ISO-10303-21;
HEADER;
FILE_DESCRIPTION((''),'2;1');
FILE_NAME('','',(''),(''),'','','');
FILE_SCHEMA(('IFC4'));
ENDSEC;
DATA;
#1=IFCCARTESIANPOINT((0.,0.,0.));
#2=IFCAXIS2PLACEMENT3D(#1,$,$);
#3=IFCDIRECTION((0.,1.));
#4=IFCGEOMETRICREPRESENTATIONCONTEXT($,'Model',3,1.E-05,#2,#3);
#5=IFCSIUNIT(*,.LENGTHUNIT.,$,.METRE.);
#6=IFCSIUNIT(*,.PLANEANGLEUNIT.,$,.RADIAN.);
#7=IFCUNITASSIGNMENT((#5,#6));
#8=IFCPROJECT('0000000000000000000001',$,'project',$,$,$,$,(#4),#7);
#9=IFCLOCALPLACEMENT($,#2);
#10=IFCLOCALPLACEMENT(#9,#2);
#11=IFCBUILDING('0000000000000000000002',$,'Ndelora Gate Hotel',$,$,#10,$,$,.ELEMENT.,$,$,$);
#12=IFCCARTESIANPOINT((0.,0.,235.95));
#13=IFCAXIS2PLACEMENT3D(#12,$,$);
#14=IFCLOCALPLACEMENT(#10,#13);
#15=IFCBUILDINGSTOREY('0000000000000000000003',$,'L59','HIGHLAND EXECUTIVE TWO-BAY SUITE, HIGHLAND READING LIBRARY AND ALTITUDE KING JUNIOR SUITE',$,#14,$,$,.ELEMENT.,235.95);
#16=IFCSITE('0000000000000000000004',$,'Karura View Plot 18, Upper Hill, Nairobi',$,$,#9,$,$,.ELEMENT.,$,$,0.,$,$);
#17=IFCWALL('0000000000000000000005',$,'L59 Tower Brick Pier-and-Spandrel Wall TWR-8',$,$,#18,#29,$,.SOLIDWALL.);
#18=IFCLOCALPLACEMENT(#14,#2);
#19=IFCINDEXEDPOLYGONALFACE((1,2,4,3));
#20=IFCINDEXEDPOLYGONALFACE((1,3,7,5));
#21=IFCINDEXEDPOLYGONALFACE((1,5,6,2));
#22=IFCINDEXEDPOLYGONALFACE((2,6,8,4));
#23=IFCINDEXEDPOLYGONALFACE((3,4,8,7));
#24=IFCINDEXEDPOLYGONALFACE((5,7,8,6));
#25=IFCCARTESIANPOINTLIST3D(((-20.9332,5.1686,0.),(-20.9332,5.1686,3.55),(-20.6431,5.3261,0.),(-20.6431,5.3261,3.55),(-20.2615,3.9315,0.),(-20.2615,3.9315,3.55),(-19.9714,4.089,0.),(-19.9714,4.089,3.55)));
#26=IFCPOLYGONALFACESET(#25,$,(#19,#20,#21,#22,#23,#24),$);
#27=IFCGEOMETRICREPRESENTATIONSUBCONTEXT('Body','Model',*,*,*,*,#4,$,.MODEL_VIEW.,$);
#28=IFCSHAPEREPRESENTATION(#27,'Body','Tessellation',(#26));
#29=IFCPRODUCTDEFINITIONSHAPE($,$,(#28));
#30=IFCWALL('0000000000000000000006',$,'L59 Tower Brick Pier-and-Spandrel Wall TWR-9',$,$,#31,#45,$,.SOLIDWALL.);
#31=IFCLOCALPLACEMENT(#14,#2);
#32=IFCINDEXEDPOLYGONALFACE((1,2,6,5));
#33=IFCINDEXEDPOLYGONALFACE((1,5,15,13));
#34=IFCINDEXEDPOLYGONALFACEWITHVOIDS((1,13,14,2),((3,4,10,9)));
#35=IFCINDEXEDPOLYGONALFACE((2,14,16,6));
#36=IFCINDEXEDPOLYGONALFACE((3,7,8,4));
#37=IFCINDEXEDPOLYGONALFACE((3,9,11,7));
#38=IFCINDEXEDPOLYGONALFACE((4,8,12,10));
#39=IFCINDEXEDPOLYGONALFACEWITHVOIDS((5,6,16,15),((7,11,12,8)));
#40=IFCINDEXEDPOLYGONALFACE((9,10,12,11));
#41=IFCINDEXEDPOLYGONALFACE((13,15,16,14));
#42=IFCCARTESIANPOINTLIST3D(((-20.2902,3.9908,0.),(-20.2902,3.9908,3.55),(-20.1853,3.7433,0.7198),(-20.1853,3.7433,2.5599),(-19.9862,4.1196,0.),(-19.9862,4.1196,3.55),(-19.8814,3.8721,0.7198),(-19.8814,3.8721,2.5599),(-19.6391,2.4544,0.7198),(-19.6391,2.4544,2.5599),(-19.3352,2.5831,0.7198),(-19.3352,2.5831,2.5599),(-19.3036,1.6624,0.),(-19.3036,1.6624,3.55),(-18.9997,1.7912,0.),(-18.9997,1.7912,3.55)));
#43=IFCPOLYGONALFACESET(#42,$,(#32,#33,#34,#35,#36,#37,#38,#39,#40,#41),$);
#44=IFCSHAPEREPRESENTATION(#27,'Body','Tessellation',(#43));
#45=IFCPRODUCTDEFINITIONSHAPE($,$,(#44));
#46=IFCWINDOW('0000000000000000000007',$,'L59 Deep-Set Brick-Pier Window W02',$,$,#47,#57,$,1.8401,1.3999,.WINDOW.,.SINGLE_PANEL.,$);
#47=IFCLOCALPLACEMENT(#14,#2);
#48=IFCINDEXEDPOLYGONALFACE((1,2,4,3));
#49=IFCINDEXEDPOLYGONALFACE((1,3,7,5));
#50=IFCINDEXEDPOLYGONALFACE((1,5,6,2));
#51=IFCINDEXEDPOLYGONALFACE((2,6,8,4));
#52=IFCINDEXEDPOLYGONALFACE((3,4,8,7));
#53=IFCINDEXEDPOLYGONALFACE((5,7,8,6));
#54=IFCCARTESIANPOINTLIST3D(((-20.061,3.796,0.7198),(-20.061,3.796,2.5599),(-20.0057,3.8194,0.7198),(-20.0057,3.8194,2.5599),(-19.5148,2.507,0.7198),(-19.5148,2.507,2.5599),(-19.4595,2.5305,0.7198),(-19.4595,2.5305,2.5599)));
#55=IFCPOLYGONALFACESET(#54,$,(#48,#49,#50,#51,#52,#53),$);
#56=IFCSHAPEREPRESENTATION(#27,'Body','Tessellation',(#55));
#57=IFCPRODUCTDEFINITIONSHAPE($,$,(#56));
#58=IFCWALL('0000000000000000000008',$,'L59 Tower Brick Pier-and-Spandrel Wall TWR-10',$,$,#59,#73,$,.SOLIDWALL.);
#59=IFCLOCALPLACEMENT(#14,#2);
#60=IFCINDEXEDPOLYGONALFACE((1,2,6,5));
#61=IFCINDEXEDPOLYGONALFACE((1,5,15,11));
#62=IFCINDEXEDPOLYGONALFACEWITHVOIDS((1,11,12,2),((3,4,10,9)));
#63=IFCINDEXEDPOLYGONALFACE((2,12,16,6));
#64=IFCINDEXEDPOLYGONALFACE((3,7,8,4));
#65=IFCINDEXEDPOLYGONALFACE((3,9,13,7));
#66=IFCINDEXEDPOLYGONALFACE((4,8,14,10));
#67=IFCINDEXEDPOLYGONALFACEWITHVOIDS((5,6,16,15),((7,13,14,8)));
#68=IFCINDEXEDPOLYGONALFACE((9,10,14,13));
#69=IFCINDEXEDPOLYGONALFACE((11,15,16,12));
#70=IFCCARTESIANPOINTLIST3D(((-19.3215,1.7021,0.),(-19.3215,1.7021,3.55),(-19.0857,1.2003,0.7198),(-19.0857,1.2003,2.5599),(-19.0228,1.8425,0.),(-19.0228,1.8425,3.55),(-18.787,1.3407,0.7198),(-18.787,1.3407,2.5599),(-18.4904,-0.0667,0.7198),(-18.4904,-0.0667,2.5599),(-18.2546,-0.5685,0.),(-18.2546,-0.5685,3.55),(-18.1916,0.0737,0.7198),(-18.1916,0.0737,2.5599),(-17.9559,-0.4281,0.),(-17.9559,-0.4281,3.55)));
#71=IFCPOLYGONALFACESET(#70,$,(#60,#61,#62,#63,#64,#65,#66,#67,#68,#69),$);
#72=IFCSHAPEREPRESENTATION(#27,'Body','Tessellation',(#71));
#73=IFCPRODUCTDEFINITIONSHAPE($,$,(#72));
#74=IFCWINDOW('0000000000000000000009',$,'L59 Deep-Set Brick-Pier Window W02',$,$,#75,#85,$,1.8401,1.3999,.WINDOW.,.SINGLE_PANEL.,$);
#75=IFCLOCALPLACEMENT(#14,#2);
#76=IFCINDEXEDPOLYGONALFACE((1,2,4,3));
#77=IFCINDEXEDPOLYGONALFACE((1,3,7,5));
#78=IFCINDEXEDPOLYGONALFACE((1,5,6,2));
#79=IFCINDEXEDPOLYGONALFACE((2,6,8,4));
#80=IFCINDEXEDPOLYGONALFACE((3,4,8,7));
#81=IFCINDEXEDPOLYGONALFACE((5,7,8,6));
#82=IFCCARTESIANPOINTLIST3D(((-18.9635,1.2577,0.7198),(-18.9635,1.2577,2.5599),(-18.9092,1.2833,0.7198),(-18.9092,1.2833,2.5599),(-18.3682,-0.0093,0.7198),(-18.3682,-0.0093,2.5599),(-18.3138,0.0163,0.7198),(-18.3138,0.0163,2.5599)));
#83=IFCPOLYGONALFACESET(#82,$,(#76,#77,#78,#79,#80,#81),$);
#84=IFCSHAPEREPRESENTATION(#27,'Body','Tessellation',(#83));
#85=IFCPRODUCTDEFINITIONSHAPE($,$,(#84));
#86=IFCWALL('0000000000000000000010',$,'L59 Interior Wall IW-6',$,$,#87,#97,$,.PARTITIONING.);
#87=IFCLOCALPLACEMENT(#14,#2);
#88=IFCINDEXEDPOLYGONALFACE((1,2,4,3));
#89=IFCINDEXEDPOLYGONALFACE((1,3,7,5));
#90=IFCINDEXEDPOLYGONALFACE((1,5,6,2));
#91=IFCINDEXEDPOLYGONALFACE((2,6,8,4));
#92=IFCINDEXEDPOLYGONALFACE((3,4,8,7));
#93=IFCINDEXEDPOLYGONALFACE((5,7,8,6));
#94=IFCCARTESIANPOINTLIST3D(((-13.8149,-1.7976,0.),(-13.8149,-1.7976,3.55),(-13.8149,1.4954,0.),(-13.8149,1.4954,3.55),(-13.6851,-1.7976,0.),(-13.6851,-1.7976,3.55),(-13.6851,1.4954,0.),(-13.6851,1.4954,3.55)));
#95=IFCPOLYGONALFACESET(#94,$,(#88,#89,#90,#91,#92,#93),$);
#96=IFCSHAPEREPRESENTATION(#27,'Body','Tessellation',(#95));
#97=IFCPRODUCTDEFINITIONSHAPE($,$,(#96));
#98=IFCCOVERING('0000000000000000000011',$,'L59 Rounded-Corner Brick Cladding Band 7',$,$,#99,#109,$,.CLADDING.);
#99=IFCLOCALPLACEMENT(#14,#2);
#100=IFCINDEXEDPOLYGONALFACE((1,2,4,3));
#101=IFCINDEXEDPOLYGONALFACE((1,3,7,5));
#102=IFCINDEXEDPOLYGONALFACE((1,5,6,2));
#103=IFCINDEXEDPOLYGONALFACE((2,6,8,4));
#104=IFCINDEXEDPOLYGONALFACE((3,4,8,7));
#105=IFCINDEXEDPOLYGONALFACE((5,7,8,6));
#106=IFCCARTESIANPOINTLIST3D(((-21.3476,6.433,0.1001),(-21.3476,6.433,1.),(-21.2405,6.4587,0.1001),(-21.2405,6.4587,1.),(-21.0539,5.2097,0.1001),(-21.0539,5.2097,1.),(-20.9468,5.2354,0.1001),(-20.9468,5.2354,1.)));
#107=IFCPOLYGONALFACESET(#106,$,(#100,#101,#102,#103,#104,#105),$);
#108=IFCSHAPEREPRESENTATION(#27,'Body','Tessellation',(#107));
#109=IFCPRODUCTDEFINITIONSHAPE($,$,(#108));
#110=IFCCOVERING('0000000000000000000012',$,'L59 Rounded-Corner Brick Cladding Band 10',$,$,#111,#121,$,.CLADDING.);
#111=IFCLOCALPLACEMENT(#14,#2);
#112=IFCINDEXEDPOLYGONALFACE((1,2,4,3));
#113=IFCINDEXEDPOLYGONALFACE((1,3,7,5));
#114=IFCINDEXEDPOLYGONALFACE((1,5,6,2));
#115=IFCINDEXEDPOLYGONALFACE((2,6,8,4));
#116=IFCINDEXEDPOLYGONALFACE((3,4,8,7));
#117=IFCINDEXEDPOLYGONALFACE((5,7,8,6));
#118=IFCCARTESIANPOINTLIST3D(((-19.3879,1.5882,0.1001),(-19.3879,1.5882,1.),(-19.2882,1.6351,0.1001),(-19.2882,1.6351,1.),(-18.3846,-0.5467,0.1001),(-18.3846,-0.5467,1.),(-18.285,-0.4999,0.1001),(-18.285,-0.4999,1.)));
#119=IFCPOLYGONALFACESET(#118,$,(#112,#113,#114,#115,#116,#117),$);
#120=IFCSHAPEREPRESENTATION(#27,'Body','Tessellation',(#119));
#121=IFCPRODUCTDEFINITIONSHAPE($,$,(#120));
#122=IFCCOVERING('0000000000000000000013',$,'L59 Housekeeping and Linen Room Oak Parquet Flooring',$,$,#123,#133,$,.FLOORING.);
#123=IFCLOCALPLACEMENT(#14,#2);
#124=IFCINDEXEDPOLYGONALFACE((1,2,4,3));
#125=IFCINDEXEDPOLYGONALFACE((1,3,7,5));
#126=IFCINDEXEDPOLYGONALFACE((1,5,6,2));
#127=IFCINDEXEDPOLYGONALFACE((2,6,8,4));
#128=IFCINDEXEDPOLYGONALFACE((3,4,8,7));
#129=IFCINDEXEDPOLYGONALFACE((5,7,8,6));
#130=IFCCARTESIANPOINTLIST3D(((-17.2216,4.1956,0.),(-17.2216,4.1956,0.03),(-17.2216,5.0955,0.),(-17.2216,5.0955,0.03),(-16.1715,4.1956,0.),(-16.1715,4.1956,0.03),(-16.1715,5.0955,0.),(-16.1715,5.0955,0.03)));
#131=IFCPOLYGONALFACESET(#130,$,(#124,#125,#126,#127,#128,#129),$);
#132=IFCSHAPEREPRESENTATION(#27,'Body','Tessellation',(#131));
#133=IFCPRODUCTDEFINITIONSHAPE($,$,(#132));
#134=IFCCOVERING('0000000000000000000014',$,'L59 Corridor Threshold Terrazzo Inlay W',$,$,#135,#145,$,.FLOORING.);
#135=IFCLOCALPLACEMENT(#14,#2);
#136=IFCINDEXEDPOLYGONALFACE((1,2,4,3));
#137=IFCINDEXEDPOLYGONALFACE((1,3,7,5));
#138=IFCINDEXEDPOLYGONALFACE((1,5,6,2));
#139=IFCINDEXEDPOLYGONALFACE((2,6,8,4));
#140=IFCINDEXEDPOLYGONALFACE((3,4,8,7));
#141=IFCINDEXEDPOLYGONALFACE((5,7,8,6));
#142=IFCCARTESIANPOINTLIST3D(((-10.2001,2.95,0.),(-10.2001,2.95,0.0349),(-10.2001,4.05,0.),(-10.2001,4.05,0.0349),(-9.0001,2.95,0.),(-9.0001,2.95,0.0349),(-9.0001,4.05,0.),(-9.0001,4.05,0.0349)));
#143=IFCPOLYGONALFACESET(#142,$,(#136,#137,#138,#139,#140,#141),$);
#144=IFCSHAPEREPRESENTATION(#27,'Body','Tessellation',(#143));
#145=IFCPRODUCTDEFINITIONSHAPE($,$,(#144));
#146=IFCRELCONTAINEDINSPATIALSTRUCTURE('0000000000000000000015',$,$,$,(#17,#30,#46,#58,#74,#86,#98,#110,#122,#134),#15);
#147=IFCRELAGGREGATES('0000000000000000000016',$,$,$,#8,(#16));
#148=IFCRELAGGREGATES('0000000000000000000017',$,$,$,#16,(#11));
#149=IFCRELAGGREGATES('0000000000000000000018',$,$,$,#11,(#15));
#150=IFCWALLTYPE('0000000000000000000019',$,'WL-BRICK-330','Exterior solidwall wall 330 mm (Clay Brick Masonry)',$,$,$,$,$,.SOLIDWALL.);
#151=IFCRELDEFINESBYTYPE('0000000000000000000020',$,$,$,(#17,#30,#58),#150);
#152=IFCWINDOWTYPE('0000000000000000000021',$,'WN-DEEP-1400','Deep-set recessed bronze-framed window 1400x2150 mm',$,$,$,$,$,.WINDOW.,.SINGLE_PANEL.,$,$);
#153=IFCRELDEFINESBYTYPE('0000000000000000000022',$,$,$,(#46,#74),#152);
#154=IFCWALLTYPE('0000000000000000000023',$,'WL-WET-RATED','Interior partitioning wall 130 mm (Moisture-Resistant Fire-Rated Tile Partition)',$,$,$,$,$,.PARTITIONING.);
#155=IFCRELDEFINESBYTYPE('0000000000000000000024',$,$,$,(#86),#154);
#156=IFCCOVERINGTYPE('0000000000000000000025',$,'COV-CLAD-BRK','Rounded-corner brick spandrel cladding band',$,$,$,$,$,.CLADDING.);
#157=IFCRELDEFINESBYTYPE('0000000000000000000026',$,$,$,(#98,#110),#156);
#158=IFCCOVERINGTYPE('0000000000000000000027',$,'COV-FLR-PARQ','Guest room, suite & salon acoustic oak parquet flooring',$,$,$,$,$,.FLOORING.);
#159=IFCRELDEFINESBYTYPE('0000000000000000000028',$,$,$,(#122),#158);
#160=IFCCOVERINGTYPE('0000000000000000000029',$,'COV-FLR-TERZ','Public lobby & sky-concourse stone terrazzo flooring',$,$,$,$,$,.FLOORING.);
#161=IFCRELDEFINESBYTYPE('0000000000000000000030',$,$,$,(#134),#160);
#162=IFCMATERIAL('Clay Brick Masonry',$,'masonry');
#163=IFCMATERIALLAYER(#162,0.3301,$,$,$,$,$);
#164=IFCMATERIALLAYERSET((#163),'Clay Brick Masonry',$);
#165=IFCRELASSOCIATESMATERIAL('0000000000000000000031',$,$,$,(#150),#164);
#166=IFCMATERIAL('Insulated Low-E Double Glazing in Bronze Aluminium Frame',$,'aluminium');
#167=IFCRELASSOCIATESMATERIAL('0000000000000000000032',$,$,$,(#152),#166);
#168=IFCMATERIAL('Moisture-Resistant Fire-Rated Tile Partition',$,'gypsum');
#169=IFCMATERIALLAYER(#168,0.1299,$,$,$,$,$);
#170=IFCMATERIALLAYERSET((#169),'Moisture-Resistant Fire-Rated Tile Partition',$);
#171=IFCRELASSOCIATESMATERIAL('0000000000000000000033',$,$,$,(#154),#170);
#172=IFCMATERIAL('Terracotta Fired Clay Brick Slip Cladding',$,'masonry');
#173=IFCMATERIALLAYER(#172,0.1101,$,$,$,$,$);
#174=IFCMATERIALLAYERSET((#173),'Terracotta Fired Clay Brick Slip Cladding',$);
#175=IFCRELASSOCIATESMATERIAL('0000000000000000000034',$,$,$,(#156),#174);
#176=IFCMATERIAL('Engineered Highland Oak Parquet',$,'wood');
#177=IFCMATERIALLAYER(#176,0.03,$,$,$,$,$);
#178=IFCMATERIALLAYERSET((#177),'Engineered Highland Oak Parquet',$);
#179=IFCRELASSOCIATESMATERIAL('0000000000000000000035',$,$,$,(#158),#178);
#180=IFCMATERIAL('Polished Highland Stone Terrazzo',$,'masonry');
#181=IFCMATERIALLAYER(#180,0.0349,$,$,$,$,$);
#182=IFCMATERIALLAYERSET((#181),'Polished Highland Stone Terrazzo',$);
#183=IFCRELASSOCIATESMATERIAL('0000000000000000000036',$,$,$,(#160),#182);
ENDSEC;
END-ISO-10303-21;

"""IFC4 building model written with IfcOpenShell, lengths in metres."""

from ifc_helpers import new_model, si_unit, direction, frame, frame_2d, origin, origin_2d, place, context, subcontext, project, spatial, rectangle, extrude, material, layer, layer_set, type_object, element, fill, save


model = new_model("IFC4")

# Units and contexts
model_context = context("Model", 3, precision=1e-05, world=origin(), true_north=direction((0.0, 1.0)))
body_context = subcontext(model_context, "Body", "Model", "MODEL_VIEW")
ifc_project = project(units=[si_unit("LENGTHUNIT", "METRE"), si_unit("PLANEANGLEUNIT", "RADIAN")], contexts=[model_context])

# Site, building, storey
site_placement = place(None, origin())
site = spatial("IfcSite", under=ifc_project, at=site_placement, Name="Karura View Plot 18, Upper Hill, Nairobi", CompositionType="ELEMENT", RefElevation=0.0)
building_placement = place(site_placement, origin())
building = spatial("IfcBuilding", under=site, at=building_placement, Name="Ndelora Gate Hotel", CompositionType="ELEMENT")
storey_placement = place(building_placement, frame((0.0, 0.0, 235.95)))
storey = spatial("IfcBuildingStorey", under=building, at=storey_placement, Name="L59", Description="HIGHLAND EXECUTIVE TWO-BAY SUITE, HIGHLAND READING LIBRARY AND ALTITUDE KING JUNIOR SUITE", CompositionType="ELEMENT", Elevation=235.95)

# Wall
ifc_material_1 = material(Name="Clay Brick Masonry", Category="masonry")
ifc_layer_1 = layer(ifc_material_1, 0.3301)
ifc_layer_set_1 = layer_set([ifc_layer_1], Name="Clay Brick Masonry")
wall_type_1 = type_object("IfcWallType", Name="WL-BRICK-330", Description="Exterior solidwall wall 330 mm (Clay Brick Masonry)", PredefinedType="SOLIDWALL", material=ifc_layer_set_1)
wall_1_placement = place(storey_placement, frame((-20.1165, 4.0103, 0.0), z_axis=(0.0, 0.0, 1.0), x_axis=(-0.477138, 0.878828, 0.0)))
element("IfcWall", 1, at=wall_1_placement, inside=storey, type_object=wall_type_1, Name="L59 Tower Brick Pier-and-Spandrel Wall TWR-8", PredefinedType="SOLIDWALL", context=body_context, shape_type="SweptSolid", body=[
    extrude(rectangle(XDim=1.4077, YDim=0.3301, at=frame_2d((0.7039, 0.0))), origin(), (0.0, 0.0, 1.0), 3.55),
])

# Walls, openings, windows
wall_2_placement = place(storey_placement, frame((-19.1516, 1.7268, 0.0), z_axis=(0.0, 0.0, 1.0), x_axis=(-0.390141, 0.920755, 0.0)))
wall_2 = element("IfcWall", 2, at=wall_2_placement, inside=storey, type_object=wall_type_1, Name="L59 Tower Brick Pier-and-Spandrel Wall TWR-9", PredefinedType="SOLIDWALL", context=body_context, shape_type="SweptSolid", body=[
    extrude(rectangle(XDim=2.5288, YDim=0.3301, at=frame_2d((1.2644, 0.0))), origin(), (0.0, 0.0, 1.0), 3.55),
])
opening_1_placement = place(wall_2_placement, frame((0.8601, 0.0, 0.72)))
opening_1 = element("IfcOpeningElement", 3, at=opening_1_placement, cuts=wall_2, PredefinedType="OPENING", context=body_context, shape_type="SweptSolid", body=[
    extrude(rectangle(XDim=1.3999, YDim=1.8401, at=frame_2d((0.7, 0.9199))), frame((0.0, 0.175, 0.0), z_axis=(0.0, -1.0, 0.0), x_axis=(1.0, 0.0, 0.0)), (0.0, 0.0, 1.0), 0.3501),
])
ifc_material_2 = material(Name="Insulated Low-E Double Glazing in Bronze Aluminium Frame", Category="aluminium")
window_type = type_object("IfcWindowType", Name="WN-DEEP-1400", Description="Deep-set recessed bronze-framed window 1400x2150 mm", PartitioningType="SINGLE_PANEL", PredefinedType="WINDOW", material=ifc_material_2)
window_1_placement = place(opening_1_placement, origin())
window_1 = element("IfcWindow", 4, at=window_1_placement, inside=storey, type_object=window_type, Name="L59 Deep-Set Brick-Pier Window W02", OverallHeight=1.8401, OverallWidth=1.3999, PartitioningType="SINGLE_PANEL", PredefinedType="WINDOW", context=body_context, shape_type="SweptSolid", body=[
    extrude(rectangle(XDim=1.3999, YDim=1.8401, at=frame_2d((0.7, 0.9199))), frame((0.0, 0.03, 0.0), z_axis=(0.0, -1.0, 0.0), x_axis=(1.0, 0.0, 0.0)), (0.0, 0.0, 1.0), 0.0601),
])
fill(opening_1, window_1)
wall_3_placement = place(storey_placement, frame((-18.1052, -0.4983, 0.0), z_axis=(0.0, 0.0, 1.0), x_axis=(-0.425281, 0.905061, 0.0)))
wall_3 = element("IfcWall", 5, at=wall_3_placement, inside=storey, type_object=wall_type_1, Name="L59 Tower Brick Pier-and-Spandrel Wall TWR-10", PredefinedType="SOLIDWALL", context=body_context, shape_type="SweptSolid", body=[
    extrude(rectangle(XDim=2.5088, YDim=0.3301, at=frame_2d((1.2544, 0.0))), origin(), (0.0, 0.0, 1.0), 3.55),
])
opening_2_placement = place(wall_3_placement, frame((0.5544, 0.0, 0.72)))
opening_2 = element("IfcOpeningElement", 6, at=opening_2_placement, cuts=wall_3, PredefinedType="OPENING", context=body_context, shape_type="SweptSolid", body=[
    extrude(rectangle(XDim=1.3999, YDim=1.8401, at=frame_2d((0.7, 0.9199))), frame((0.0, 0.175, 0.0), z_axis=(0.0, -1.0, 0.0), x_axis=(1.0, 0.0, 0.0)), (0.0, 0.0, 1.0), 0.3501),
])
window_2_placement = place(opening_2_placement, origin())
window_2 = element("IfcWindow", 7, at=window_2_placement, inside=storey, type_object=window_type, Name="L59 Deep-Set Brick-Pier Window W02", OverallHeight=1.8401, OverallWidth=1.3999, PartitioningType="SINGLE_PANEL", PredefinedType="WINDOW", context=body_context, shape_type="SweptSolid", body=[
    extrude(rectangle(XDim=1.3999, YDim=1.8401, at=frame_2d((0.7, 0.9199))), frame((0.0, 0.03, 0.0), z_axis=(0.0, -1.0, 0.0), x_axis=(1.0, 0.0, 0.0)), (0.0, 0.0, 1.0), 0.0601),
])
fill(opening_2, window_2)

# Wall
ifc_material_3 = material(Name="Moisture-Resistant Fire-Rated Tile Partition", Category="gypsum")
ifc_layer_2 = layer(ifc_material_3, 0.1299)
ifc_layer_set_2 = layer_set([ifc_layer_2], Name="Moisture-Resistant Fire-Rated Tile Partition")
wall_type_2 = type_object("IfcWallType", Name="WL-WET-RATED", Description="Interior partitioning wall 130 mm (Moisture-Resistant Fire-Rated Tile Partition)", PredefinedType="PARTITIONING", material=ifc_layer_set_2)
wall_4_placement = place(storey_placement, frame((-13.75, -1.7976, 0.0), z_axis=(0.0, 0.0, 1.0), x_axis=(0.0, 1.0, 0.0)))
element("IfcWall", 8, at=wall_4_placement, inside=storey, type_object=wall_type_2, Name="L59 Interior Wall IW-6", PredefinedType="PARTITIONING", context=body_context, shape_type="SweptSolid", body=[
    extrude(rectangle(XDim=3.293, YDim=0.1299, at=frame_2d((1.6465, 0.0))), origin(), (0.0, 0.0, 1.0), 3.55),
])

# Coverings
ifc_material_4 = material(Name="Terracotta Fired Clay Brick Slip Cladding", Category="masonry")
ifc_layer_3 = layer(ifc_material_4, 0.1101)
ifc_layer_set_3 = layer_set([ifc_layer_3], Name="Terracotta Fired Clay Brick Slip Cladding")
covering_type_1 = type_object("IfcCoveringType", Name="COV-CLAD-BRK", Description="Rounded-corner brick spandrel cladding band", PredefinedType="CLADDING", material=ifc_layer_set_3)
covering_1_placement = place(storey_placement, frame((-21.1472, 5.8342, 0.1001), z_axis=(0.0, 0.0, 1.0), x_axis=(-0.233445, 0.97237, 0.0)))
element("IfcCovering", 9, at=covering_1_placement, inside=storey, type_object=covering_type_1, Name="L59 Rounded-Corner Brick Cladding Band 7", PredefinedType="CLADDING", context=body_context, shape_type="SweptSolid", body=[
    extrude(rectangle(XDim=1.2581, YDim=0.1101, at=origin_2d()), origin(), (0.0, 0.0, 1.0), 0.8999),
])
covering_2_placement = place(storey_placement, frame((-18.8364, 0.5442, 0.1001), z_axis=(0.0, 0.0, 1.0), x_axis=(-0.425305, 0.90505, 0.0)))
element("IfcCovering", 10, at=covering_2_placement, inside=storey, type_object=covering_type_1, Name="L59 Rounded-Corner Brick Cladding Band 10", PredefinedType="CLADDING", context=body_context, shape_type="SweptSolid", body=[
    extrude(rectangle(XDim=2.3589, YDim=0.1101, at=origin_2d()), origin(), (0.0, 0.0, 1.0), 0.8999),
])
ifc_material_5 = material(Name="Engineered Highland Oak Parquet", Category="wood")
ifc_layer_4 = layer(ifc_material_5, 0.03)
ifc_layer_set_4 = layer_set([ifc_layer_4], Name="Engineered Highland Oak Parquet")
covering_type_2 = type_object("IfcCoveringType", Name="COV-FLR-PARQ", Description="Guest room, suite & salon acoustic oak parquet flooring", PredefinedType="FLOORING", material=ifc_layer_set_4)
covering_3_placement = place(storey_placement, frame((-16.6965, 4.6455, 0.0), z_axis=(0.0, 0.0, 1.0), x_axis=(1.0, 0.0, 0.0)))
element("IfcCovering", 11, at=covering_3_placement, inside=storey, type_object=covering_type_2, Name="L59 Housekeeping and Linen Room Oak Parquet Flooring", PredefinedType="FLOORING", context=body_context, shape_type="SweptSolid", body=[
    extrude(rectangle(XDim=1.05, YDim=0.8999, at=origin_2d()), origin(), (0.0, 0.0, 1.0), 0.03),
])
ifc_material_6 = material(Name="Polished Highland Stone Terrazzo", Category="masonry")
ifc_layer_5 = layer(ifc_material_6, 0.0349)
ifc_layer_set_5 = layer_set([ifc_layer_5], Name="Polished Highland Stone Terrazzo")
covering_type_3 = type_object("IfcCoveringType", Name="COV-FLR-TERZ", Description="Public lobby & sky-concourse stone terrazzo flooring", PredefinedType="FLOORING", material=ifc_layer_set_5)
covering_4_placement = place(storey_placement, frame((-9.6001, 3.5, 0.0), z_axis=(0.0, 0.0, 1.0), x_axis=(1.0, 0.0, 0.0)))
element("IfcCovering", 12, at=covering_4_placement, inside=storey, type_object=covering_type_3, Name="L59 Corridor Threshold Terrazzo Inlay W", PredefinedType="FLOORING", context=body_context, shape_type="SweptSolid", body=[
    extrude(rectangle(XDim=1.2, YDim=1.1001, at=origin_2d()), origin(), (0.0, 0.0, 1.0), 0.0349),
])

save(model, "model.ifc")
